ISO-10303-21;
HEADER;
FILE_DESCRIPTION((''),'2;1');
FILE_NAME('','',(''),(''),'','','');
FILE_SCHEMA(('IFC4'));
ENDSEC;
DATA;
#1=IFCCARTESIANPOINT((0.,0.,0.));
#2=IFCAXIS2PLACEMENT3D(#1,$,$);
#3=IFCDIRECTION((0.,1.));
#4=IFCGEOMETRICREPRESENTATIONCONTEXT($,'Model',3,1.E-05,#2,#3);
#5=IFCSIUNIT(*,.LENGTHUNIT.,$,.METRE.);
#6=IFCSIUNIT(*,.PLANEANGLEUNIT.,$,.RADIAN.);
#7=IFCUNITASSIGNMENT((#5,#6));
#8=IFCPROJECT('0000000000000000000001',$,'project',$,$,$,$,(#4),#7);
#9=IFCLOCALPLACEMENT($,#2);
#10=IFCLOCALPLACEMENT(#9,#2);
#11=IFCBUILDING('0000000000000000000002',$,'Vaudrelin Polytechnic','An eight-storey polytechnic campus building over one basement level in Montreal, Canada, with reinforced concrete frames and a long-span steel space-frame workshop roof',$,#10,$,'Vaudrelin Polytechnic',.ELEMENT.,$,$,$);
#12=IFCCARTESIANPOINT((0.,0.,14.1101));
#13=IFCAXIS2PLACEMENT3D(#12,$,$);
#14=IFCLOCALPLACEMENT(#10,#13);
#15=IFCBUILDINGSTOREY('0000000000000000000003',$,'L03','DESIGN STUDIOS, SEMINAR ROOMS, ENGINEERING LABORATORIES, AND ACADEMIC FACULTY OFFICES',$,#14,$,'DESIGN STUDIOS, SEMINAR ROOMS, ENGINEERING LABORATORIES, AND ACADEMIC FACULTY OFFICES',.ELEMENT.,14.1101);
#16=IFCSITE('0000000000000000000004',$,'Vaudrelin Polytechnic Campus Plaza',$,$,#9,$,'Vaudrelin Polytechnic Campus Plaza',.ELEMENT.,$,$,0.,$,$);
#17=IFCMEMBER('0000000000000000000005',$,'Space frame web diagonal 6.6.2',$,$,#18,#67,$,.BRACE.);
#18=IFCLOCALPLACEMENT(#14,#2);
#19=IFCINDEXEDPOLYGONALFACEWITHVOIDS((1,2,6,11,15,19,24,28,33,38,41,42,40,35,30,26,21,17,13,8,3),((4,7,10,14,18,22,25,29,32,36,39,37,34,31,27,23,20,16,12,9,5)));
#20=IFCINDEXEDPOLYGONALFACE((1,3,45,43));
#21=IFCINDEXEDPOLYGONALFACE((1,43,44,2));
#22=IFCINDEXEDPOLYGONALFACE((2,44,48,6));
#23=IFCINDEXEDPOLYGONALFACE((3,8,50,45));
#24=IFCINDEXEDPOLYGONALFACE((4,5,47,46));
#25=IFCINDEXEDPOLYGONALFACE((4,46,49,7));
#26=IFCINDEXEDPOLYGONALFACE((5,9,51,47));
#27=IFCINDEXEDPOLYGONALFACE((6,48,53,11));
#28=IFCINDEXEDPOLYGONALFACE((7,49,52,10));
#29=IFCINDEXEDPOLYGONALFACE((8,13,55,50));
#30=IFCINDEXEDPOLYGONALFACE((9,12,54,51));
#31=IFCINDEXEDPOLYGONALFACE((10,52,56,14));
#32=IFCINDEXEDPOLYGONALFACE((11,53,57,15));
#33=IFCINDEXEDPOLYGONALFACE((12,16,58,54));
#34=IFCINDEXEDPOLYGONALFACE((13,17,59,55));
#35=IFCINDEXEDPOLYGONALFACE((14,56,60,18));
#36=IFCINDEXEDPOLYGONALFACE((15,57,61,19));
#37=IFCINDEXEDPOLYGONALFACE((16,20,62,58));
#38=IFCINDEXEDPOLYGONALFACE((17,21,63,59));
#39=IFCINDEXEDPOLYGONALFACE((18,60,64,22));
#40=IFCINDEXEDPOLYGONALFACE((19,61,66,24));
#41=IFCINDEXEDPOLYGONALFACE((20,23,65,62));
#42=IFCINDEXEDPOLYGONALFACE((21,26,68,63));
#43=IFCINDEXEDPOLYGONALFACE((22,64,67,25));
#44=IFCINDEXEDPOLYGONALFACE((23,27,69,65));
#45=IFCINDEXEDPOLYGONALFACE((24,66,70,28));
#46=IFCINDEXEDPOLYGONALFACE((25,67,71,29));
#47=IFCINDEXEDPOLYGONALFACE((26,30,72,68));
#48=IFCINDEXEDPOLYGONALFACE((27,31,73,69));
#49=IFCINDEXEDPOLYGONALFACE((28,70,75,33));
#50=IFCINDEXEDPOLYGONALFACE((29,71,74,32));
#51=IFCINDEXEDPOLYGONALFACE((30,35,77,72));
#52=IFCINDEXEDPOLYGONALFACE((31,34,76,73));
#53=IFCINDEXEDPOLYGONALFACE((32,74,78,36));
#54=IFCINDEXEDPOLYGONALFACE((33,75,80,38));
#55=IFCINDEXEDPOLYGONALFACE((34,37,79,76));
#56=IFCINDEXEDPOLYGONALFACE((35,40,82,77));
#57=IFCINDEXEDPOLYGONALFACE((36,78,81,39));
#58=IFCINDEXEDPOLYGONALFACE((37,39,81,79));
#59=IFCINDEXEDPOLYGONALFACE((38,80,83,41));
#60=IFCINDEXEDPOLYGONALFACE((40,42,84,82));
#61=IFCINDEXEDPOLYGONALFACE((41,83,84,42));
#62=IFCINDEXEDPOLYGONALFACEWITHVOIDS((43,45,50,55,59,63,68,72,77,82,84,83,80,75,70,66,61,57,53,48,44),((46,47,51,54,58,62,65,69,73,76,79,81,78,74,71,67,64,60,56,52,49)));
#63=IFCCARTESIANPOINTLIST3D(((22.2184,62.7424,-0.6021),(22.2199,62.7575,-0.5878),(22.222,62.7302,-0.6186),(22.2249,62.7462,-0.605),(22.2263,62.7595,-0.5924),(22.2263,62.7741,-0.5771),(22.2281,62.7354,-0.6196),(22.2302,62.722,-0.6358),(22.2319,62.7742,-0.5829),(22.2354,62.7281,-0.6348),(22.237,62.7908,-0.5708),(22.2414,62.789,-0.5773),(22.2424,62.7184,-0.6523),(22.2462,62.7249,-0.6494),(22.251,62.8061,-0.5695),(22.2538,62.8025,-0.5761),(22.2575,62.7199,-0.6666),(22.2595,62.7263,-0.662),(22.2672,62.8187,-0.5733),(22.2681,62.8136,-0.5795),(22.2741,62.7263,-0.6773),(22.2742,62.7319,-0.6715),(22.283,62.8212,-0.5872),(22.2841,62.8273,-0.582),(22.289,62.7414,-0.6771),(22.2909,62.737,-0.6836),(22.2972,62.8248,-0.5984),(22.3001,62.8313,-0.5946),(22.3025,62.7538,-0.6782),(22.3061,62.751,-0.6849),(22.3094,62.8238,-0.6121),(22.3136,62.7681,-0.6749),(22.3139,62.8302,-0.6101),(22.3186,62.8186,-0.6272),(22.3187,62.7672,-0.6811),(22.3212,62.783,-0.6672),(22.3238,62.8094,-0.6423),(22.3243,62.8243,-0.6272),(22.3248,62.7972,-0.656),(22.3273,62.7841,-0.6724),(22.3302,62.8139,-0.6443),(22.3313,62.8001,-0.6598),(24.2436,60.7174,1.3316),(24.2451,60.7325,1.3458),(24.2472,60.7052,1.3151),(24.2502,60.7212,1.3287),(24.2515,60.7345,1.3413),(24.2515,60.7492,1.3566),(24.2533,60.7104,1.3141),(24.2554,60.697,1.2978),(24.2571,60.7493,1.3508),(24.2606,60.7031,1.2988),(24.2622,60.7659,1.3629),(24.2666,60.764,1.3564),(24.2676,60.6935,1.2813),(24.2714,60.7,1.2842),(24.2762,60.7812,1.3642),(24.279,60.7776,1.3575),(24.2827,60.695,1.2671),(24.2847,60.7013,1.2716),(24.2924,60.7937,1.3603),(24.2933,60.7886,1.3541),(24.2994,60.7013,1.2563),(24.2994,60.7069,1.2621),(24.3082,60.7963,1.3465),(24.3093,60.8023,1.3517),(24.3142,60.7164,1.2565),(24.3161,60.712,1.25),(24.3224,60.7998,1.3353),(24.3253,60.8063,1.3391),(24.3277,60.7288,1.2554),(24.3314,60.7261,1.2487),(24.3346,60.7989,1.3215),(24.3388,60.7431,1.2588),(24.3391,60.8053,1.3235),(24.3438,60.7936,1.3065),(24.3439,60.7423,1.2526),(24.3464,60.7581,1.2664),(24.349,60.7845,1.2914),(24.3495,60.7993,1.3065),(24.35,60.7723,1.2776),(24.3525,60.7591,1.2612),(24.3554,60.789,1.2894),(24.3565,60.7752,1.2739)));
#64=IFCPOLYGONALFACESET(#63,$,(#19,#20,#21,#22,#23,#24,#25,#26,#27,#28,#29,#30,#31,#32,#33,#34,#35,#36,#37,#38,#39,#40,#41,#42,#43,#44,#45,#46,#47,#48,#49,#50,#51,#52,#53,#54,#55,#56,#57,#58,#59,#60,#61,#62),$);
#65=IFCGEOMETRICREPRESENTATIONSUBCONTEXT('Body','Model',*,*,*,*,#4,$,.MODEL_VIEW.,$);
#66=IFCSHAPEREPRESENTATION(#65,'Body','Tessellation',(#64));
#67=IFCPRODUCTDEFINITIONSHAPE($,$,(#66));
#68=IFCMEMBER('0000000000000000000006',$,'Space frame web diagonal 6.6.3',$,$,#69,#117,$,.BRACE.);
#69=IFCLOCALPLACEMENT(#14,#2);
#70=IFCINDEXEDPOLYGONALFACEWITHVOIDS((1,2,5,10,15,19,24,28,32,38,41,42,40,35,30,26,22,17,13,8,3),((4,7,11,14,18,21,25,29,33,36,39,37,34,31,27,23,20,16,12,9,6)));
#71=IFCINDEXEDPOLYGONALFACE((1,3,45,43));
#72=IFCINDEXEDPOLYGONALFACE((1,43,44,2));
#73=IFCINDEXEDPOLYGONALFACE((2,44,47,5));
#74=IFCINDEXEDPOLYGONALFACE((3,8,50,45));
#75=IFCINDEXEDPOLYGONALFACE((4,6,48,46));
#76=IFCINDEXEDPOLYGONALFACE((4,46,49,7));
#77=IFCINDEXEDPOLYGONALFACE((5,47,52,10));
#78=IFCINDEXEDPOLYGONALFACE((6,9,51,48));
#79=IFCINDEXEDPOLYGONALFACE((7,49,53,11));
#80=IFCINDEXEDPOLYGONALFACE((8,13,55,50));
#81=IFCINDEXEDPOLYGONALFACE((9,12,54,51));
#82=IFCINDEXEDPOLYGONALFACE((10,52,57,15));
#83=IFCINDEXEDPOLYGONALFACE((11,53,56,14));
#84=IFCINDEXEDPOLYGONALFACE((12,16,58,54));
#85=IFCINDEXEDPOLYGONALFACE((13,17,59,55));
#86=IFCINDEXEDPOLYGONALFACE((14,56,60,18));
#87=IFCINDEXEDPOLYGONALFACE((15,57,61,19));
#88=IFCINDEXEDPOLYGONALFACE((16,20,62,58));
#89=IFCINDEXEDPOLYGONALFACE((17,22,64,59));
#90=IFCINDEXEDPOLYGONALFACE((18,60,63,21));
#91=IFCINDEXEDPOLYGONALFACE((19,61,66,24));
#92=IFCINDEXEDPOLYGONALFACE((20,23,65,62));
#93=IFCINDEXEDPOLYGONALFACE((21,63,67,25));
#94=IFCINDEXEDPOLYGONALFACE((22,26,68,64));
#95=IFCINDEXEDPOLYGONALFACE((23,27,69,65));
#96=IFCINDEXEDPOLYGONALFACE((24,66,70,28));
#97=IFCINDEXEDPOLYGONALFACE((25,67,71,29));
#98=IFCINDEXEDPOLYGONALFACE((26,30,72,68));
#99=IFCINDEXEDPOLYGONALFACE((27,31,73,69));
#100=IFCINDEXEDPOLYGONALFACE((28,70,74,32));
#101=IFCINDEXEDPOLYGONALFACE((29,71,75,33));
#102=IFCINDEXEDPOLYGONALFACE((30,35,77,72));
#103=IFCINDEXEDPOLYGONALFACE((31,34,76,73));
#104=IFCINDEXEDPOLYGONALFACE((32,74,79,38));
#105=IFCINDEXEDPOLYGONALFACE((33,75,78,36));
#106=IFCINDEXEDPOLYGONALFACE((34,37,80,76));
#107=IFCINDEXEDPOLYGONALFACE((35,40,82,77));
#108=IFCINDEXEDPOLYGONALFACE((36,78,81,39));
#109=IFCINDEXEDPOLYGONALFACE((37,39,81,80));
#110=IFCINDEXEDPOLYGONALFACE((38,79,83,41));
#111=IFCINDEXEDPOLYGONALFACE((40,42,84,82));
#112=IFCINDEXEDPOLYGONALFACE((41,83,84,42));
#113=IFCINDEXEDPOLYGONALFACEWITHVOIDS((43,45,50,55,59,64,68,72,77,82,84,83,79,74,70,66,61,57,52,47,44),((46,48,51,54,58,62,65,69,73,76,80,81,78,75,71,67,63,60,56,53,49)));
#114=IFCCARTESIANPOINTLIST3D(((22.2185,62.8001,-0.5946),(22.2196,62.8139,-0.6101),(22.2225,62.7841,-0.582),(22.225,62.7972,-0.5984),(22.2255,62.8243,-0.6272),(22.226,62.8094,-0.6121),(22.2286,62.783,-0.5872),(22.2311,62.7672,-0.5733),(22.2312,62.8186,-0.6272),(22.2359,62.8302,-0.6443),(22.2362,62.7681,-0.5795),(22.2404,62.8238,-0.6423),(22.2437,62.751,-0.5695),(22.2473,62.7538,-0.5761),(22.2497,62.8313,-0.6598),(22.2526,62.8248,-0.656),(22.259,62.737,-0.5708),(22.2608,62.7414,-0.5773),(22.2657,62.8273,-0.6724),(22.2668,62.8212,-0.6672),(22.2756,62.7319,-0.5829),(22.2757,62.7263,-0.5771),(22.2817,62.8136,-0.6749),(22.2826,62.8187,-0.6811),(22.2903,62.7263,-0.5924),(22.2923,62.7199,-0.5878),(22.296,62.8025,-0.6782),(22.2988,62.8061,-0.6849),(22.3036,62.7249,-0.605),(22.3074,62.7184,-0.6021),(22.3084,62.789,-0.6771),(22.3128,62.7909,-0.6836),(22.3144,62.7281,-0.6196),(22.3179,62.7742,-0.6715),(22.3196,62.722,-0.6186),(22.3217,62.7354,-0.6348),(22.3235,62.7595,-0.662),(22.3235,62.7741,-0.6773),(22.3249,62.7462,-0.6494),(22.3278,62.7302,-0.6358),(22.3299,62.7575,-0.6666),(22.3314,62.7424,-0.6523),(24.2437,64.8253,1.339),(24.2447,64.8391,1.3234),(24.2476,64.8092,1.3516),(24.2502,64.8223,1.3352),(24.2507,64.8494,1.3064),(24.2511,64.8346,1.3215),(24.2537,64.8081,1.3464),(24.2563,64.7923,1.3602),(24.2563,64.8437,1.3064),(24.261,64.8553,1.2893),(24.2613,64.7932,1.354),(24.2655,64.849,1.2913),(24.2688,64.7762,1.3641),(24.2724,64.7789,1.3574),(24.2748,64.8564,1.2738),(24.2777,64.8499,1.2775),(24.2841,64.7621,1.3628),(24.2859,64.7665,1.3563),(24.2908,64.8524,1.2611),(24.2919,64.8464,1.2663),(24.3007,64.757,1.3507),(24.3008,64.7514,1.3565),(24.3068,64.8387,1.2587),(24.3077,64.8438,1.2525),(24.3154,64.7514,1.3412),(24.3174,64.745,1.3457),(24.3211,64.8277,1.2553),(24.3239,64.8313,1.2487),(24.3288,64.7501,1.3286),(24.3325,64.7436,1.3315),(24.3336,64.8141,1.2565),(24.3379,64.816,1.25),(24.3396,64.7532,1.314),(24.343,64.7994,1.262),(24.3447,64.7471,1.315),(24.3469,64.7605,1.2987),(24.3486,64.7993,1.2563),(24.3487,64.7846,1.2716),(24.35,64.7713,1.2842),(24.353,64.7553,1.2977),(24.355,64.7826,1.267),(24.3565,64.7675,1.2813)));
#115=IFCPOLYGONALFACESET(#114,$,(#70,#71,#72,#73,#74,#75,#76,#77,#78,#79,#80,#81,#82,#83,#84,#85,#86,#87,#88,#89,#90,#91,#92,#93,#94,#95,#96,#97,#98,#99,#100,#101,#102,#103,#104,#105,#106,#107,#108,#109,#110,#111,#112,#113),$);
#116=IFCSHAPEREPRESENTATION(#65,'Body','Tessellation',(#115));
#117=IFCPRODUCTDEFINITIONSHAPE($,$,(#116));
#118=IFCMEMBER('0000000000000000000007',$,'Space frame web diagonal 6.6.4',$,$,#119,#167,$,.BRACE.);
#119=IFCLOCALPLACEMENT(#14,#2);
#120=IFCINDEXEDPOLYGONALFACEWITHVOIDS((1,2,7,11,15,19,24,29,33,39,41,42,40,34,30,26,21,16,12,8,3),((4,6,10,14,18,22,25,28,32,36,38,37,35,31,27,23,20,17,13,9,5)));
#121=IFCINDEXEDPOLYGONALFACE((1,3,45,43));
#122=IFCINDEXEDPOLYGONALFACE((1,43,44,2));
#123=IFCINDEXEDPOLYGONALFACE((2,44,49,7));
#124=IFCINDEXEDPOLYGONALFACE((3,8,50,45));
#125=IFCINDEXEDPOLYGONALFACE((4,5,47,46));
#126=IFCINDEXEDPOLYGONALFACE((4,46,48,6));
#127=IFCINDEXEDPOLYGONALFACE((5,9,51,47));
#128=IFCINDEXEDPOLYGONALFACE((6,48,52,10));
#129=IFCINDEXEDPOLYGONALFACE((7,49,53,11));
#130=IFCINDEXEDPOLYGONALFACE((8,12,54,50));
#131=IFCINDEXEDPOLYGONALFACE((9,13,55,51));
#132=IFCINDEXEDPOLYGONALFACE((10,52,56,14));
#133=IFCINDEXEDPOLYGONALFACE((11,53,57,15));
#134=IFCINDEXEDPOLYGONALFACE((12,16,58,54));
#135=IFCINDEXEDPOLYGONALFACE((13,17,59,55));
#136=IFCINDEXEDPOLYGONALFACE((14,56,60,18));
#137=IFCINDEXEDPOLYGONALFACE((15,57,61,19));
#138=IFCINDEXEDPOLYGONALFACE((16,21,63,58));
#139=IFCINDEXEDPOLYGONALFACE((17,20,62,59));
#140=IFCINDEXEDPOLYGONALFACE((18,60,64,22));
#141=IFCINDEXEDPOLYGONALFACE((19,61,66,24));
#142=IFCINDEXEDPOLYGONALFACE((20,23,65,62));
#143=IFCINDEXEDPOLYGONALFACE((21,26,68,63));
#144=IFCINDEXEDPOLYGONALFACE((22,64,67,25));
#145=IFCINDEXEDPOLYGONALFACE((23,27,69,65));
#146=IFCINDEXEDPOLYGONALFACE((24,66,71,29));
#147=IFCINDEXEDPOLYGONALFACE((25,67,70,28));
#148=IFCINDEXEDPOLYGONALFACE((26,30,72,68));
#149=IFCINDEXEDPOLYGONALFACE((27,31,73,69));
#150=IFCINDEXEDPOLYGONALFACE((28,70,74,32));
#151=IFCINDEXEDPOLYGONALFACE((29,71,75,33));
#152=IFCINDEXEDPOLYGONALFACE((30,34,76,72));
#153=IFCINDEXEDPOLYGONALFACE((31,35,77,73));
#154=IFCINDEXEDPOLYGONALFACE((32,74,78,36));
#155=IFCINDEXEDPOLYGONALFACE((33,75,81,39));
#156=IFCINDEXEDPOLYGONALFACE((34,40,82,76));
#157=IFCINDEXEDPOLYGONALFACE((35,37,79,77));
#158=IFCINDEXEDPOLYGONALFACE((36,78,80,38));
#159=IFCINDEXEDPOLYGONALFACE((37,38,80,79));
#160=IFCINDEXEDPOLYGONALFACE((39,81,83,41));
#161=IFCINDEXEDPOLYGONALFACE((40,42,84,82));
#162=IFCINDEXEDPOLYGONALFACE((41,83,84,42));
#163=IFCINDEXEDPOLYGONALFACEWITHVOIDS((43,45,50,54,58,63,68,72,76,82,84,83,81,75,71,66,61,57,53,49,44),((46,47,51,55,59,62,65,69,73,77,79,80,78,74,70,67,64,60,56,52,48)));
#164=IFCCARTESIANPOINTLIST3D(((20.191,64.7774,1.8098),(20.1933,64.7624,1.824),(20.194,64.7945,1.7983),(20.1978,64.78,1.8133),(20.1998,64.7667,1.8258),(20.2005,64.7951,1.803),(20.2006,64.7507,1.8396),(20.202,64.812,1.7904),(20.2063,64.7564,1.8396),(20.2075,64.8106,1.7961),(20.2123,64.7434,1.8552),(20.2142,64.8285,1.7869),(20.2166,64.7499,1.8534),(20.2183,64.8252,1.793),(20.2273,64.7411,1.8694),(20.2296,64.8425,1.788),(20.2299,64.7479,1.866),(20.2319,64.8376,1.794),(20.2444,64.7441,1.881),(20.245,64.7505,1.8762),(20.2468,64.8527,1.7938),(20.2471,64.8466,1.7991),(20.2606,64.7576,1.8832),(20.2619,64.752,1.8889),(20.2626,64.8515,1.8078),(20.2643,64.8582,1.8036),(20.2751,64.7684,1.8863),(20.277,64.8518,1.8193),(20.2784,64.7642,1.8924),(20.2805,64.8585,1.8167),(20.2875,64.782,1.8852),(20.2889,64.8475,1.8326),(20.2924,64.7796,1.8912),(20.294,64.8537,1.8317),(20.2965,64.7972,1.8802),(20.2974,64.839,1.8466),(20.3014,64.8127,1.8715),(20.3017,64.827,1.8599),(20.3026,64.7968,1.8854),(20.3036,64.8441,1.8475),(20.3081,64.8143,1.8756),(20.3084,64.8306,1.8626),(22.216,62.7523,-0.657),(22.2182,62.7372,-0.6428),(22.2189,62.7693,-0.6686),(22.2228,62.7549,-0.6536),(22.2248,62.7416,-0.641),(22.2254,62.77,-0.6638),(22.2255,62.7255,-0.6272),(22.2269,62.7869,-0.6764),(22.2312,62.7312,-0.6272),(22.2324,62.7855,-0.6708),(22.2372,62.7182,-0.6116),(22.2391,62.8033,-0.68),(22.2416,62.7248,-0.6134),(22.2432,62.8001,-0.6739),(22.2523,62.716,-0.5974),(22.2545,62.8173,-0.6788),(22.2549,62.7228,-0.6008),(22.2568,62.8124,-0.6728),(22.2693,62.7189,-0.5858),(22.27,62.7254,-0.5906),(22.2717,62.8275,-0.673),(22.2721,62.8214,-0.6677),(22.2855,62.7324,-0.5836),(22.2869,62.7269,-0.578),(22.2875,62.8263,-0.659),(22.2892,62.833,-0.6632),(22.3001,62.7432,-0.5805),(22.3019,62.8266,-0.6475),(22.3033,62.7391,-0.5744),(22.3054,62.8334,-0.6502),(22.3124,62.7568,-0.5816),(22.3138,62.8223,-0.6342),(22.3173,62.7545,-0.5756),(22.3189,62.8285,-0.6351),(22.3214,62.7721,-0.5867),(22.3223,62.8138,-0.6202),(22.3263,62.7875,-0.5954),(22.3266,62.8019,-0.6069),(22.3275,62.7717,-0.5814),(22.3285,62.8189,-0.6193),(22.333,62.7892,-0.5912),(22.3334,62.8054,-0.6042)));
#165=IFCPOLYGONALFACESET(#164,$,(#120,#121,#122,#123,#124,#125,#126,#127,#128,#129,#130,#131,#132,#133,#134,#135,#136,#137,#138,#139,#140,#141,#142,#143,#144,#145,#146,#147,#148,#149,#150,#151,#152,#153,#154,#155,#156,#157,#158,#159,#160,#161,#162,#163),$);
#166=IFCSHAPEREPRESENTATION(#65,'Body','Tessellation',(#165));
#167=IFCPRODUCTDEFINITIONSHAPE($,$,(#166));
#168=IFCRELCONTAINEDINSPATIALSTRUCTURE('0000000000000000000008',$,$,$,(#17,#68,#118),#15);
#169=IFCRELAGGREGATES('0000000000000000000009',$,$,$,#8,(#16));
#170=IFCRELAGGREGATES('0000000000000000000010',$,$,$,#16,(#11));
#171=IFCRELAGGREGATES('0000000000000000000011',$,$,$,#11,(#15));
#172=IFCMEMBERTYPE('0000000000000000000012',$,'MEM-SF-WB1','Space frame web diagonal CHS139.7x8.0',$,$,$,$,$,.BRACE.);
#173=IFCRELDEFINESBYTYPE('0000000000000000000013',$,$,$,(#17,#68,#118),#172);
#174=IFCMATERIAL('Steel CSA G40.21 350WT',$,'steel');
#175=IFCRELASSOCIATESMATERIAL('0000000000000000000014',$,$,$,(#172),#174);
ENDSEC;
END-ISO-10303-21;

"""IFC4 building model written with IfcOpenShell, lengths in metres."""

from ifc_helpers import new_model, si_unit, direction, frame, origin, origin_2d, place, context, subcontext, project, spatial, hollow_circle, extrude, material, material_profile, profile_set, type_object, element, save


model = new_model("IFC4")

# Units and contexts
model_context = context("Model", 3, precision=1e-05, world=origin(), true_north=direction((0.0, 1.0)))
body_context = subcontext(model_context, "Body", "Model", "MODEL_VIEW")
ifc_project = project(units=[si_unit("LENGTHUNIT", "METRE"), si_unit("PLANEANGLEUNIT", "RADIAN")], contexts=[model_context])

# Site, building, storey
site_placement = place(None, origin())
site = spatial("IfcSite", under=ifc_project, at=site_placement, Name="Vaudrelin Polytechnic Campus Plaza", LongName="Vaudrelin Polytechnic Campus Plaza", CompositionType="ELEMENT", RefElevation=0.0)
building_placement = place(site_placement, origin())
building = spatial("IfcBuilding", under=site, at=building_placement, Name="Vaudrelin Polytechnic", Description="An eight-storey polytechnic campus building over one basement level in Montreal, Canada, with reinforced concrete frames and a long-span steel space-frame workshop roof", LongName="Vaudrelin Polytechnic", CompositionType="ELEMENT")
storey_placement = place(building_placement, frame((0.0, 0.0, 14.1101)))
storey = spatial("IfcBuildingStorey", under=building, at=storey_placement, Name="L03", Description="DESIGN STUDIOS, SEMINAR ROOMS, ENGINEERING LABORATORIES, AND ACADEMIC FACULTY OFFICES", LongName="DESIGN STUDIOS, SEMINAR ROOMS, ENGINEERING LABORATORIES, AND ACADEMIC FACULTY OFFICES", CompositionType="ELEMENT", Elevation=14.1101)

# Members
ifc_material_1 = material(Name="Steel CSA G40.21 350WT", Category="steel")
ifc_material_profile_1 = material_profile(ifc_material_1, hollow_circle(Radius=0.0698, WallThickness=0.0081, at=origin_2d()), Name="CHS139.7x8.0")
ifc_profile_set_1 = profile_set([ifc_material_profile_1], Name="Steel CSA G40.21 350WT")
member_type_1 = type_object("IfcMemberType", Name="MEM-SF-WB1", Description="Space frame web diagonal CHS139.7x8.0", PredefinedType="BRACE", material=ifc_profile_set_1)
for number, where, z_axis, x_axis, name in (
    (1, (22.2749, 62.7749, -0.6272), (0.586071, -0.586, 0.559576), (0.707064, 0.707149, 0.0), "Space frame web diagonal 6.6.2"),
    (2, (22.2749, 62.7749, -0.6272), (0.586046, 0.586046, 0.559553), (-0.707107, 0.707107, 0.0), "Space frame web diagonal 6.6.3"),
):
    element("IfcMember", number, at=place(storey_placement, frame(where, z_axis=z_axis, x_axis=x_axis)), inside=storey, type_object=member_type_1, Name=name, PredefinedType="BRACE", context=body_context, shape_type="SweptSolid", body=[
        extrude(hollow_circle(Radius=0.0698, WallThickness=0.0081, at=origin_2d()), origin(), (0.0, 0.0, 1.0), 3.4556),
    ])
for number, where, z_axis, x_axis, name in (
    (3, (22.2749, 62.7749, -0.6272), (-0.535723, 0.535788, 0.652634), (-0.707149, -0.707064, 0.0), "Space frame web diagonal 6.6.4"),
):
    element("IfcMember", number, at=place(storey_placement, frame(where, z_axis=z_axis, x_axis=x_axis)), inside=storey, type_object=member_type_1, Name=name, PredefinedType="BRACE", context=body_context, shape_type="SweptSolid", body=[
        extrude(hollow_circle(Radius=0.0698, WallThickness=0.0081, at=origin_2d()), origin(), (0.0, 0.0, 1.0), 3.7798),
    ])

save(model, "model.ifc")
